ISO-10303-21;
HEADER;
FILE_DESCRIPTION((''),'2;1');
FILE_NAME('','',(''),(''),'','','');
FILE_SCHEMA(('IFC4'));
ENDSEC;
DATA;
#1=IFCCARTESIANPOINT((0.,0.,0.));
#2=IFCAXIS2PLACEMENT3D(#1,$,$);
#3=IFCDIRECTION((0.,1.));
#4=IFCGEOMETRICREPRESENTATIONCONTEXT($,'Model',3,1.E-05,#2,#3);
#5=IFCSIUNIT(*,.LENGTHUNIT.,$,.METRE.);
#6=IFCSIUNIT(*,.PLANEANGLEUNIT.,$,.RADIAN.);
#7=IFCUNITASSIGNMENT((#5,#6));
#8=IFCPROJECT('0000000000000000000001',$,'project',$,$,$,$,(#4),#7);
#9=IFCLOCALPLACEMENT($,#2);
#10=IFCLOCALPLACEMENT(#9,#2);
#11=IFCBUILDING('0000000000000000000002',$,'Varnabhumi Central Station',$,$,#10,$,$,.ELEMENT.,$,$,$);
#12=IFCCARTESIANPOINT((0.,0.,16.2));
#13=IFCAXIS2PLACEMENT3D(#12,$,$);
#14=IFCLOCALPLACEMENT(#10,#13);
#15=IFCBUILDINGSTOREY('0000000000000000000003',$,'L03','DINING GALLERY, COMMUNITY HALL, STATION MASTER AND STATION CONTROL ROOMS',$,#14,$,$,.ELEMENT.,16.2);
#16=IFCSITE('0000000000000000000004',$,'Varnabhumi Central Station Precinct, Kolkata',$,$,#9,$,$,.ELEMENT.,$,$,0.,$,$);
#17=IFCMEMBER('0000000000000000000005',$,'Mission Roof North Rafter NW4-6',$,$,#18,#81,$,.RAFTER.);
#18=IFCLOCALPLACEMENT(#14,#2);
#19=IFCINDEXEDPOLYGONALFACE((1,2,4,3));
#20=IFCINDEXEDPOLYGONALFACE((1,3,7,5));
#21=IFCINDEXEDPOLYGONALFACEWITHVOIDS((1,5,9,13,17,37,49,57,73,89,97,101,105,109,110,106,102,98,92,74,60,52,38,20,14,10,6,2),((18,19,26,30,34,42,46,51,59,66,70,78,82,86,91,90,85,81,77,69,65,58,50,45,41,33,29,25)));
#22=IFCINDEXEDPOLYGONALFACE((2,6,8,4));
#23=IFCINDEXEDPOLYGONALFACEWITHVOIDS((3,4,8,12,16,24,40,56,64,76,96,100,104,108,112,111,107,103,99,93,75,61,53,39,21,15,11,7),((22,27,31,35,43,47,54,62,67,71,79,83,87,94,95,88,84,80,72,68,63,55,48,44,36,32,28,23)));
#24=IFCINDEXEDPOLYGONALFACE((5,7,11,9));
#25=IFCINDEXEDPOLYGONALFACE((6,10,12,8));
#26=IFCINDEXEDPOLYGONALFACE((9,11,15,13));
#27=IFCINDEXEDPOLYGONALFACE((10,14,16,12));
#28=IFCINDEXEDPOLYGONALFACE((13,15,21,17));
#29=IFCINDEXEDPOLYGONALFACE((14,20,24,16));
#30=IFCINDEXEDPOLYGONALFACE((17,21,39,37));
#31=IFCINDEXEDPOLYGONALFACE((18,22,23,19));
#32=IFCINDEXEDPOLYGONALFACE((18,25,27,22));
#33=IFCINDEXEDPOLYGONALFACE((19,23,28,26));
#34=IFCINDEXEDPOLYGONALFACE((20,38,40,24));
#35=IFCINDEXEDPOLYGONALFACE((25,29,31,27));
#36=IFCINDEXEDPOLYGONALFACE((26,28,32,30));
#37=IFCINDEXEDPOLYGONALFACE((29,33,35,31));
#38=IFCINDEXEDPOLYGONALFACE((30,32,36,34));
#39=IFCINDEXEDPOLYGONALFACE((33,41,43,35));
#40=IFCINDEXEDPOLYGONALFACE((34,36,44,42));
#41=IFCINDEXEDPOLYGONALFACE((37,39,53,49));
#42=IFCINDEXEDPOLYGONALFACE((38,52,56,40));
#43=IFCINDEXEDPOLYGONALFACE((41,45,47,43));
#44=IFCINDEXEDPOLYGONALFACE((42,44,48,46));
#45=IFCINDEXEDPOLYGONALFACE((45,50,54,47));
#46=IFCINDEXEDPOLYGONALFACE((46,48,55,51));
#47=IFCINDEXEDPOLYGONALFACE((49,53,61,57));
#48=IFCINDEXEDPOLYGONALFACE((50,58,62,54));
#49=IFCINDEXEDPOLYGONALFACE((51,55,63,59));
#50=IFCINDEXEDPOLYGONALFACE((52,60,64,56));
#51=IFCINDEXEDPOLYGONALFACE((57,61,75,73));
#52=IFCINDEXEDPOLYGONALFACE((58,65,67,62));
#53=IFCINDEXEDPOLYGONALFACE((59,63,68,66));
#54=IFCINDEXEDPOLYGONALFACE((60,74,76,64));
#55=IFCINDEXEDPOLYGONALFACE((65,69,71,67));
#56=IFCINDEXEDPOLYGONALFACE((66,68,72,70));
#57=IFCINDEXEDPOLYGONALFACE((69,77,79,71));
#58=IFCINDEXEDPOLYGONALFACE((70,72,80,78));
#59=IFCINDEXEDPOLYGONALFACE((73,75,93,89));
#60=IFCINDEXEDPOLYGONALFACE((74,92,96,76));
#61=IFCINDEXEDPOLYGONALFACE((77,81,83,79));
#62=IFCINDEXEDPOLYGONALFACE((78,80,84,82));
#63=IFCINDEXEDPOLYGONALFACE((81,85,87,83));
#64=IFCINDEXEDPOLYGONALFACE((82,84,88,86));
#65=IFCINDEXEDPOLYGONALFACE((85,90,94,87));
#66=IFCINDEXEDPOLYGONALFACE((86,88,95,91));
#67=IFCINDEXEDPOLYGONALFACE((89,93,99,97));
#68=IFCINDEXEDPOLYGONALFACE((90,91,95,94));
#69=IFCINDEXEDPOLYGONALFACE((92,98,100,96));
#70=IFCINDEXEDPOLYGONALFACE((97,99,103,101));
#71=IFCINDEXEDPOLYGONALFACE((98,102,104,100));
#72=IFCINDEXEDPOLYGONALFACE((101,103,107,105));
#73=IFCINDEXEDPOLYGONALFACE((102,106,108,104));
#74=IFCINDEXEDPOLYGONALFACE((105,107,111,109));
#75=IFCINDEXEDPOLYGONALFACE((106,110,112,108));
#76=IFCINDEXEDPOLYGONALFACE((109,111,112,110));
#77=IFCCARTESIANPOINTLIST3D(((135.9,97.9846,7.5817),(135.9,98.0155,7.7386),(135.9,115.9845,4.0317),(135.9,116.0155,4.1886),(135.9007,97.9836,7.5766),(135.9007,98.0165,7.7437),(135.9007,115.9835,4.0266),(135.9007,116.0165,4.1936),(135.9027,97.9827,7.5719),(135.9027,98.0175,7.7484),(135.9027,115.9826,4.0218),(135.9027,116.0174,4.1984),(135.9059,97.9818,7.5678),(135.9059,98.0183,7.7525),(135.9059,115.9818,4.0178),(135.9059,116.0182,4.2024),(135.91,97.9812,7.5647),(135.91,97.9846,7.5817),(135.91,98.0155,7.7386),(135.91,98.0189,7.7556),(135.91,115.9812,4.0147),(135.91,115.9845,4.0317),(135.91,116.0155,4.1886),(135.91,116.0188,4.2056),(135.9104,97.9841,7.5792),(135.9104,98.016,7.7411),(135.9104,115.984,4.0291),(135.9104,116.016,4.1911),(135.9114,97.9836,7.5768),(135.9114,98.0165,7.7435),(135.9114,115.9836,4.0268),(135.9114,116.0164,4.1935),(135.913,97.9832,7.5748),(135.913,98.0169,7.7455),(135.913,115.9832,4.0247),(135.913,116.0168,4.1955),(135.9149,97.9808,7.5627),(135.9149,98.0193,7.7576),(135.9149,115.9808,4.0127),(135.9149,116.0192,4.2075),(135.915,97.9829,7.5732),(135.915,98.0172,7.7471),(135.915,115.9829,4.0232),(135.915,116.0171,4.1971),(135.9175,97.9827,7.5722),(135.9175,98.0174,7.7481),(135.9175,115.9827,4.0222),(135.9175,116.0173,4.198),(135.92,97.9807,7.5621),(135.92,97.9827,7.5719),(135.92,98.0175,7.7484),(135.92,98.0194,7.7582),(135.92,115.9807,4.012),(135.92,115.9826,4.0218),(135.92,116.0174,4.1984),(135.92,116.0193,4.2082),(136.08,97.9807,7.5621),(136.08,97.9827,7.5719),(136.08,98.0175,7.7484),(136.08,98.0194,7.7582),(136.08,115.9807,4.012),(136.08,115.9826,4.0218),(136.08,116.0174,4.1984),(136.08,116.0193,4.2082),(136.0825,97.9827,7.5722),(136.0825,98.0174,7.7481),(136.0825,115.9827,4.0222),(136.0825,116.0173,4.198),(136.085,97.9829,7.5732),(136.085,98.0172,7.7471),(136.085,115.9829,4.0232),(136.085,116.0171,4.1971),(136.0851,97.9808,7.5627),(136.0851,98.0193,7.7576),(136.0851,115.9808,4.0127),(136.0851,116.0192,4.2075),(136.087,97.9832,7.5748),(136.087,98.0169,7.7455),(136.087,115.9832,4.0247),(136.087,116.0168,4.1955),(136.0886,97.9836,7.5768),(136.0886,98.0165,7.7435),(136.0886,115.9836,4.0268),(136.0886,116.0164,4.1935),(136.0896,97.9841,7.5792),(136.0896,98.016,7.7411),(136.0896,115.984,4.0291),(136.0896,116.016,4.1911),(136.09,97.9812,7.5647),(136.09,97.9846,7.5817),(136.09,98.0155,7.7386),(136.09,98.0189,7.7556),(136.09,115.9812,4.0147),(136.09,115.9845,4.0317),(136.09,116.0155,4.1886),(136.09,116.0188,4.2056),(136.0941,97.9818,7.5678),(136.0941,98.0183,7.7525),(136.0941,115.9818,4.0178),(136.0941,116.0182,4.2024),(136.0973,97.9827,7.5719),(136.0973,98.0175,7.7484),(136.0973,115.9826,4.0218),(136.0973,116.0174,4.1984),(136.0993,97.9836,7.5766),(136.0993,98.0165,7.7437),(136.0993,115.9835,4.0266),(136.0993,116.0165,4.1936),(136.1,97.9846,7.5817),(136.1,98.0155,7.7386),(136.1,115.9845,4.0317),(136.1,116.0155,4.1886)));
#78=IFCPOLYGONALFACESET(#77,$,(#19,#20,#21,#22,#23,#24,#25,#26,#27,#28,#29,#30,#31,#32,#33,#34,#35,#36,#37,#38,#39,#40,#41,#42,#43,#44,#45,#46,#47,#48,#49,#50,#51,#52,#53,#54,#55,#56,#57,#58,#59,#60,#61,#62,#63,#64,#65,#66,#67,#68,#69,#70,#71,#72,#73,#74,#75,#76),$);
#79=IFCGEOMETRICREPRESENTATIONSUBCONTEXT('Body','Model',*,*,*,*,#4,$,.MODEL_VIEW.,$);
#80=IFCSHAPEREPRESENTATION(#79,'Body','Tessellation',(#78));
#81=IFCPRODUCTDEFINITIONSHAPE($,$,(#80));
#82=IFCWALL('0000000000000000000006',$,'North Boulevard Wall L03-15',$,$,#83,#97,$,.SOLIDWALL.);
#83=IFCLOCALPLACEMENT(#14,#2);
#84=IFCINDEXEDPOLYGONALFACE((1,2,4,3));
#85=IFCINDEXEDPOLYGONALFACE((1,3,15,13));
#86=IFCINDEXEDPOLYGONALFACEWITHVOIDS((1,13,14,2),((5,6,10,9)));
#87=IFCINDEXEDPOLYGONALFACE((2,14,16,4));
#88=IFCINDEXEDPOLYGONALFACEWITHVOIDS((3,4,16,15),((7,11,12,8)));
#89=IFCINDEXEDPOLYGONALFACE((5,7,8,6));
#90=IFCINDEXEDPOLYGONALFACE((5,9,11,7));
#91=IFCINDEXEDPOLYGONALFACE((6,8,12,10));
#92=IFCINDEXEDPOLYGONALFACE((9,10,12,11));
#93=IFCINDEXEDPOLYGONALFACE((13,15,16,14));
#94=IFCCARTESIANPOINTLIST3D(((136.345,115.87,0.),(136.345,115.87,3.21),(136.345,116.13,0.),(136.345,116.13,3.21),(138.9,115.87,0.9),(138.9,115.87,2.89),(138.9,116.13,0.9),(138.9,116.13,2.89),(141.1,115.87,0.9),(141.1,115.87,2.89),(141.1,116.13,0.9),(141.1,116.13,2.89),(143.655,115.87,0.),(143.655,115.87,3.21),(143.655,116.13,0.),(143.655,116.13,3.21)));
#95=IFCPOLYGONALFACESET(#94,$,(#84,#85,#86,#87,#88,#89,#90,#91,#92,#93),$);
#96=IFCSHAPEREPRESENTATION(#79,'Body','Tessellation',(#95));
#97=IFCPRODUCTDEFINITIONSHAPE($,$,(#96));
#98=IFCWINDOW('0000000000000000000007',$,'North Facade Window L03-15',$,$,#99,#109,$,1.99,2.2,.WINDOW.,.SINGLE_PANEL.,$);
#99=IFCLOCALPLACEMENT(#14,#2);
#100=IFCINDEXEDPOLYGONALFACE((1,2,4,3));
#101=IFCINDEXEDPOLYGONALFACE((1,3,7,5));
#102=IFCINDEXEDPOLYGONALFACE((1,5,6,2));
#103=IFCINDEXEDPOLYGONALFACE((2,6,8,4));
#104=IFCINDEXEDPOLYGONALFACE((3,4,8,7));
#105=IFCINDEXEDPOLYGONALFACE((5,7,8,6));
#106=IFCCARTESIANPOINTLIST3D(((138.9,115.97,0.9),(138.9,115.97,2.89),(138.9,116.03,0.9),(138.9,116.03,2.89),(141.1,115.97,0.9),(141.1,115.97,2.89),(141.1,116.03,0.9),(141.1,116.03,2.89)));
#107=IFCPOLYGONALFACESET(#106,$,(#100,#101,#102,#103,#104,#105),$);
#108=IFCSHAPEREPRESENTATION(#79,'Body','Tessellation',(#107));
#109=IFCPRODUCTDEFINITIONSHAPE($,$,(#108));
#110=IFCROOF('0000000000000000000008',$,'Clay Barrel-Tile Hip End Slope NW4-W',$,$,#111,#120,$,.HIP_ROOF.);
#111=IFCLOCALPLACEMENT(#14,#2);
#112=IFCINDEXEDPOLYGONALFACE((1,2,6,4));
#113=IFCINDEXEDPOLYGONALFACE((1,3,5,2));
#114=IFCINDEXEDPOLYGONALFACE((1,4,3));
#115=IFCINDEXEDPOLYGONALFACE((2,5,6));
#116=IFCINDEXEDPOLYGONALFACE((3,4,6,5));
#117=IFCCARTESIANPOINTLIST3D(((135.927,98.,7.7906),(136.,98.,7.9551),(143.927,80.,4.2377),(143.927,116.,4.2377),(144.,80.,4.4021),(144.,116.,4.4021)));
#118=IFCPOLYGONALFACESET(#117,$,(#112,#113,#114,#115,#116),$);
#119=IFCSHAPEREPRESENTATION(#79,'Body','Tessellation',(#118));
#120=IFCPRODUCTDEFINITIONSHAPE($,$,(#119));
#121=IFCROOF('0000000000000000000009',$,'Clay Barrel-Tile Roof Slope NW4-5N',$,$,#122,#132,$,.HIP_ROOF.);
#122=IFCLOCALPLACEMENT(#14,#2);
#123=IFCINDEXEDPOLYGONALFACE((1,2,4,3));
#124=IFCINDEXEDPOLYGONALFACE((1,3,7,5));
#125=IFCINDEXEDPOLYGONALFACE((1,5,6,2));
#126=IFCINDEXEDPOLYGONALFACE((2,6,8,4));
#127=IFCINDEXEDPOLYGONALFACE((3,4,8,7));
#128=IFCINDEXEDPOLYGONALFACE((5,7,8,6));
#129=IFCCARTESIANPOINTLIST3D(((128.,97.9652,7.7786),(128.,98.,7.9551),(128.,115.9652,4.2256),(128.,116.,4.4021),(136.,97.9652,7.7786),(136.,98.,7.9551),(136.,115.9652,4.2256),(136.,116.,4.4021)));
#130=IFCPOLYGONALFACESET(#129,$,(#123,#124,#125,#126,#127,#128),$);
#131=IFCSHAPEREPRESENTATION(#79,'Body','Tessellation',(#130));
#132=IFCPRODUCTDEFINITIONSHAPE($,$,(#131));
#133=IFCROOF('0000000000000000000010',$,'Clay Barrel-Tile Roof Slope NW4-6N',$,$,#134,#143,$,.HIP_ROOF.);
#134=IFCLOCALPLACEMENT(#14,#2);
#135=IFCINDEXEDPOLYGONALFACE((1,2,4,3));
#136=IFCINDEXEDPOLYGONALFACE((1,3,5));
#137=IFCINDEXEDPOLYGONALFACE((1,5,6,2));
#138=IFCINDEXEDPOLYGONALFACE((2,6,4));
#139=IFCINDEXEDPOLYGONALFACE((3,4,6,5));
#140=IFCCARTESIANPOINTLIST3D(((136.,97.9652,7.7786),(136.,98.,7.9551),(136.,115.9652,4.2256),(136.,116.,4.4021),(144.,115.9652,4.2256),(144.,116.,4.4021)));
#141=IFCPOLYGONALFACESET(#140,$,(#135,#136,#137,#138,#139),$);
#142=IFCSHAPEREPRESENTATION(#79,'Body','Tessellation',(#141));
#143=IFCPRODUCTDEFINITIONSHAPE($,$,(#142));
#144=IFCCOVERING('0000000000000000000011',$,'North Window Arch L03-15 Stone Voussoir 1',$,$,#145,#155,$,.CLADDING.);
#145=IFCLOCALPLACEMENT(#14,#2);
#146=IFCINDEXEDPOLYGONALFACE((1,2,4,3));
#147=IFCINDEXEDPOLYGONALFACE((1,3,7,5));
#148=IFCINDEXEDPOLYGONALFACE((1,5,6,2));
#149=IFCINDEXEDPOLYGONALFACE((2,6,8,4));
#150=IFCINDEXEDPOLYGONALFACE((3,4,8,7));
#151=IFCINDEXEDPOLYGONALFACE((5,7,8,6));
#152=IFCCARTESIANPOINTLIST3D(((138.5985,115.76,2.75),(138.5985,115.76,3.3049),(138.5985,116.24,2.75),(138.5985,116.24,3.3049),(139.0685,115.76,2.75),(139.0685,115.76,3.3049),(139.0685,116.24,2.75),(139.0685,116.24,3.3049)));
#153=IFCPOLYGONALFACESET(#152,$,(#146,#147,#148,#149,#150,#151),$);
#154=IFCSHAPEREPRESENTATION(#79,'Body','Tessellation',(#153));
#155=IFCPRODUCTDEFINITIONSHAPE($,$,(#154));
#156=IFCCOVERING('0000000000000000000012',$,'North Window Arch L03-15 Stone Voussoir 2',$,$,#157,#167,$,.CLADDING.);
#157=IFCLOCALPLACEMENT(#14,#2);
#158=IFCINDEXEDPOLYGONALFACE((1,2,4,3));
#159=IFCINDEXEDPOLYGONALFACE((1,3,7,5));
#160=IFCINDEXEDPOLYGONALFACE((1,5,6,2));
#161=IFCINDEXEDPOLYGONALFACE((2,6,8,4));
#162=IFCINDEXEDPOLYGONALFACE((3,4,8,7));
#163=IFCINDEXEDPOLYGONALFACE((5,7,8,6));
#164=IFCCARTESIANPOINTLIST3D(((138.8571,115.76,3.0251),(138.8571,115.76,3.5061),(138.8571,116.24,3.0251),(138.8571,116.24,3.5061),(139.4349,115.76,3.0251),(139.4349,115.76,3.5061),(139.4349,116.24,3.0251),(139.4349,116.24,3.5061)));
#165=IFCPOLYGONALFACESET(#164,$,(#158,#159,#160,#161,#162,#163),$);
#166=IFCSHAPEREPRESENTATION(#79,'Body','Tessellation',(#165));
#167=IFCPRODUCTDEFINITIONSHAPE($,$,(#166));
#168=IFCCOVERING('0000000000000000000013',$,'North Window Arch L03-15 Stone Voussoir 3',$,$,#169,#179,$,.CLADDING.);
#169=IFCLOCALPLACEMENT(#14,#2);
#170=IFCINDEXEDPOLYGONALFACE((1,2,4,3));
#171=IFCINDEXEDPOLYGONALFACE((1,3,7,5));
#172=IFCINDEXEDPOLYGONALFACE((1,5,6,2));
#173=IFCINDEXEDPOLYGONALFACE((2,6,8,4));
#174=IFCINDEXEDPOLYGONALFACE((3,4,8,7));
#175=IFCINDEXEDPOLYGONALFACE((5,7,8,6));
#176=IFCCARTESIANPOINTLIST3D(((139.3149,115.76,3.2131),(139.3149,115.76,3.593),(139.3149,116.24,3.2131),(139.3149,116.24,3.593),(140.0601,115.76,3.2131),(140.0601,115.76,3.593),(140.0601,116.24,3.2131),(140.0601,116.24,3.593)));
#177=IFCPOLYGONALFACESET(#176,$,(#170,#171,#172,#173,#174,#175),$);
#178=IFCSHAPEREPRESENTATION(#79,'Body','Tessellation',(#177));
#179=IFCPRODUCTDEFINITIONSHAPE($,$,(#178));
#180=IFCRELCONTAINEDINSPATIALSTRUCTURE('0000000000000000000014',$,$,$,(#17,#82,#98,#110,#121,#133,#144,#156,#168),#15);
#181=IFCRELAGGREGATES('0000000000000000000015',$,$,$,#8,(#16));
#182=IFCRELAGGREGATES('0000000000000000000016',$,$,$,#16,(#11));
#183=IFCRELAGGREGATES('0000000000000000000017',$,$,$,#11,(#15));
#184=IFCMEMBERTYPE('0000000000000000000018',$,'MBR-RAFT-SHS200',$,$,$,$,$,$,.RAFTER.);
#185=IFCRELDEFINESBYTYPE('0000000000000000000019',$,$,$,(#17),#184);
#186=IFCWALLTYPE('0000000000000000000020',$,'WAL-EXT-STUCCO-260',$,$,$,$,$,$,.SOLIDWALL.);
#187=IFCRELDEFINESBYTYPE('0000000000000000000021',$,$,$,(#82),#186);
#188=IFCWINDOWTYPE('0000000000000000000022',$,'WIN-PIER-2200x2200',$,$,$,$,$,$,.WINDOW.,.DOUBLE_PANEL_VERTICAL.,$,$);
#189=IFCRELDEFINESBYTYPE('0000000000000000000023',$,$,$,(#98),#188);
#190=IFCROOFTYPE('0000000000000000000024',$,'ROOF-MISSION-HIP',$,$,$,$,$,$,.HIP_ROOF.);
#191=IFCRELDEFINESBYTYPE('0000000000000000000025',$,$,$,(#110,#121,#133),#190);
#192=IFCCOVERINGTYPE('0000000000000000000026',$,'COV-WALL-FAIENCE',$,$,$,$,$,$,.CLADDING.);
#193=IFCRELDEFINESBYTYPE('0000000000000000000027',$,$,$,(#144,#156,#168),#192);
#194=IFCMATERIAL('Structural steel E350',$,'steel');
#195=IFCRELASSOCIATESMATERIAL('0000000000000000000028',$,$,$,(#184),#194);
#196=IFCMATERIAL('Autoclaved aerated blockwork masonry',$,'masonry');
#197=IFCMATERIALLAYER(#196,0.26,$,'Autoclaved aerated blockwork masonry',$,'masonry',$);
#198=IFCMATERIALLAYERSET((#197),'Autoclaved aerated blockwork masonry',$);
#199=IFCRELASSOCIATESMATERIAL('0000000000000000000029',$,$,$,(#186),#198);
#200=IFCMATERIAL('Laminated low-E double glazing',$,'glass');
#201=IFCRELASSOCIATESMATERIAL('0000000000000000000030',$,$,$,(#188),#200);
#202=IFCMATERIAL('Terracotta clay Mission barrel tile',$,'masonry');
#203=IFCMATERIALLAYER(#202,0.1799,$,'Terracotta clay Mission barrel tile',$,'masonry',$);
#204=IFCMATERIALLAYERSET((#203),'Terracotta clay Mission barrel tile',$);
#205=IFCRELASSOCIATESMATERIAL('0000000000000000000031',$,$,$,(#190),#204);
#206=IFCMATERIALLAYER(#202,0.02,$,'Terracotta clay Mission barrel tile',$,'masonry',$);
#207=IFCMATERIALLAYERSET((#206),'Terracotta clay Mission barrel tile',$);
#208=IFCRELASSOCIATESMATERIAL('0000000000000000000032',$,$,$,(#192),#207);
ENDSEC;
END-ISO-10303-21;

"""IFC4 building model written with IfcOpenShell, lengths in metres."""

from ifc_helpers import new_model, si_unit, direction, frame, frame_2d, origin, origin_2d, place, context, subcontext, project, spatial, polyline, rectangle, hollow_rectangle, outline, extrude, material, layer, layer_set, material_profile, profile_set, type_object, element, fill, save


model = new_model("IFC4")

# Units and contexts
model_context = context("Model", 3, precision=1e-05, world=origin(), true_north=direction((0.0, 1.0)))
body_context = subcontext(model_context, "Body", "Model", "MODEL_VIEW")
ifc_project = project(units=[si_unit("LENGTHUNIT", "METRE"), si_unit("PLANEANGLEUNIT", "RADIAN")], contexts=[model_context])

# Site, building, storey
site_placement = place(None, origin())
site = spatial("IfcSite", under=ifc_project, at=site_placement, Name="Varnabhumi Central Station Precinct, Kolkata", CompositionType="ELEMENT", RefElevation=0.0)
building_placement = place(site_placement, origin())
building = spatial("IfcBuilding", under=site, at=building_placement, Name="Varnabhumi Central Station", CompositionType="ELEMENT")
storey_placement = place(building_placement, frame((0.0, 0.0, 16.2)))
storey = spatial("IfcBuildingStorey", under=building, at=storey_placement, Name="L03", Description="DINING GALLERY, COMMUNITY HALL, STATION MASTER AND STATION CONTROL ROOMS", CompositionType="ELEMENT", Elevation=16.2)

# Shared definitions
ifc_material_1 = material(Name="Structural steel E350", Category="steel")

# Member
ifc_material_profile_1 = material_profile(ifc_material_1, hollow_rectangle(XDim=0.2, YDim=0.2, WallThickness=0.01, InnerFilletRadius=0.01, OuterFilletRadius=0.02, at=origin_2d()), Name="Structural steel E350", Category="steel")
ifc_profile_set_1 = profile_set([ifc_material_profile_1], Name="Structural steel E350")
member_type = type_object("IfcMemberType", Name="MBR-RAFT-SHS200", PredefinedType="RAFTER", material=ifc_profile_set_1)
member_1_placement = place(storey_placement, frame((136.0, 116.0, 4.1101), z_axis=(0.0, -0.981101, 0.193498), x_axis=(1.0, 0.0, 0.0)))
element("IfcMember", 1, at=member_1_placement, inside=storey, type_object=member_type, Name="Mission Roof North Rafter NW4-6", PredefinedType="RAFTER", context=body_context, shape_type="SweptSolid", body=[
    extrude(hollow_rectangle(XDim=0.2, YDim=0.2, WallThickness=0.01, InnerFilletRadius=0.01, OuterFilletRadius=0.02, at=origin_2d()), origin(), (0.0, 0.0, 1.0), 18.3467),
])

# Wall, opening, window
ifc_material_2 = material(Name="Autoclaved aerated blockwork masonry", Category="masonry")
ifc_layer_1 = layer(ifc_material_2, 0.26, Name="Autoclaved aerated blockwork masonry", Category="masonry")
ifc_layer_set_1 = layer_set([ifc_layer_1], Name="Autoclaved aerated blockwork masonry")
wall_type = type_object("IfcWallType", Name="WAL-EXT-STUCCO-260", PredefinedType="SOLIDWALL", material=ifc_layer_set_1)
wall_placement = place(storey_placement, frame((136.345, 116.0, 0.0), z_axis=(0.0, 0.0, 1.0), x_axis=(1.0, 0.0, 0.0)))
wall = element("IfcWall", 2, at=wall_placement, inside=storey, type_object=wall_type, Name="North Boulevard Wall L03-15", PredefinedType="SOLIDWALL", context=body_context, shape_type="SweptSolid", body=[
    extrude(rectangle(XDim=7.3101, YDim=0.26, at=frame_2d((3.655, 0.0))), origin(), (0.0, 0.0, 1.0), 3.21),
])
opening_placement = place(wall_placement, frame((2.5549, 0.0, 0.8999)))
opening = element("IfcOpeningElement", 3, at=opening_placement, cuts=wall, PredefinedType="OPENING", context=body_context, shape_type="SweptSolid", body=[
    extrude(rectangle(XDim=2.2, YDim=1.99, at=frame_2d((1.1001, 0.9951))), frame((0.0, 0.1399, 0.0), z_axis=(0.0, -1.0, 0.0), x_axis=(1.0, 0.0, 0.0)), (0.0, 0.0, 1.0), 0.28),
])
ifc_material_3 = material(Name="Laminated low-E double glazing", Category="glass")
window_type = type_object("IfcWindowType", Name="WIN-PIER-2200x2200", PartitioningType="DOUBLE_PANEL_VERTICAL", PredefinedType="WINDOW", material=ifc_material_3)
window_placement = place(opening_placement, origin())
window = element("IfcWindow", 4, at=window_placement, inside=storey, type_object=window_type, Name="North Facade Window L03-15", OverallHeight=1.99, OverallWidth=2.2, PartitioningType="SINGLE_PANEL", PredefinedType="WINDOW", context=body_context, shape_type="SweptSolid", body=[
    extrude(rectangle(XDim=2.2, YDim=1.99, at=frame_2d((1.1001, 0.9951))), frame((0.0, 0.03, 0.0), z_axis=(0.0, -1.0, 0.0), x_axis=(1.0, 0.0, 0.0)), (0.0, 0.0, 1.0), 0.0601),
])
fill(opening, window)

# Roofs
ifc_material_4 = material(Name="Terracotta clay Mission barrel tile", Category="masonry")
ifc_layer_2 = layer(ifc_material_4, 0.1799, Name="Terracotta clay Mission barrel tile", Category="masonry")
ifc_layer_set_2 = layer_set([ifc_layer_2], Name="Terracotta clay Mission barrel tile")
roof_type = type_object("IfcRoofType", Name="ROOF-MISSION-HIP", PredefinedType="HIP_ROOF", material=ifc_layer_set_2)
roof_1_placement = place(storey_placement, frame((144.0, 116.0, 4.4021), z_axis=(0.405893, 0.0, 0.913921), x_axis=(0.0, -1.0, 0.0)))
element("IfcRoof", 5, at=roof_1_placement, inside=storey, type_object=roof_type, Name="Clay Barrel-Tile Hip End Slope NW4-W", PredefinedType="HIP_ROOF", context=body_context, shape_type="SweptSolid", body=[
    extrude(outline(polyline([(0.0, 0.0), (36.0, 0.0), (18.0, -8.7535), (0.0, 0.0)])), origin(), (0.0, 0.0, -1.0), 0.1799),
])
roof_2_placement = place(storey_placement, frame((136.0, 116.0, 4.4021), z_axis=(0.0, 0.193651, 0.98107), x_axis=(-1.0, 0.0, 0.0)))
element("IfcRoof", 6, at=roof_2_placement, inside=storey, type_object=roof_type, Name="Clay Barrel-Tile Roof Slope NW4-5N", PredefinedType="HIP_ROOF", context=body_context, shape_type="SweptSolid", body=[
    extrude(outline(polyline([(0.0, 0.0), (8.0, 0.0), (8.0, 18.3473), (0.0, 18.3473), (0.0, 0.0)])), origin(), (0.0, 0.0, -1.0), 0.1799),
])
roof_3_placement = place(storey_placement, frame((144.0, 116.0, 4.4021), z_axis=(0.0, 0.193651, 0.98107), x_axis=(-1.0, 0.0, 0.0)))
element("IfcRoof", 7, at=roof_3_placement, inside=storey, type_object=roof_type, Name="Clay Barrel-Tile Roof Slope NW4-6N", PredefinedType="HIP_ROOF", context=body_context, shape_type="SweptSolid", body=[
    extrude(outline(polyline([(0.0, 0.0), (8.0, 0.0), (8.0, 18.3473), (0.0, 0.0)])), origin(), (0.0, 0.0, -1.0), 0.1799),
])

# Coverings
ifc_layer_3 = layer(ifc_material_4, 0.02, Name="Terracotta clay Mission barrel tile", Category="masonry")
ifc_layer_set_3 = layer_set([ifc_layer_3], Name="Terracotta clay Mission barrel tile")
covering_type = type_object("IfcCoveringType", Name="COV-WALL-FAIENCE", PredefinedType="CLADDING", material=ifc_layer_set_3)
covering_1_placement = place(storey_placement, frame((138.8335, 116.0, 2.75), z_axis=(0.0, 0.0, 1.0), x_axis=(1.0, 0.0, 0.0)))
element("IfcCovering", 8, at=covering_1_placement, inside=storey, type_object=covering_type, Name="North Window Arch L03-15 Stone Voussoir 1", PredefinedType="CLADDING", context=body_context, shape_type="SweptSolid", body=[
    extrude(rectangle(XDim=0.47, YDim=0.48, at=origin_2d()), origin(), (0.0, 0.0, 1.0), 0.5549),
])
covering_2_placement = place(storey_placement, frame((139.146, 116.0, 3.0251), z_axis=(0.0, 0.0, 1.0), x_axis=(1.0, 0.0, 0.0)))
element("IfcCovering", 9, at=covering_2_placement, inside=storey, type_object=covering_type, Name="North Window Arch L03-15 Stone Voussoir 2", PredefinedType="CLADDING", context=body_context, shape_type="SweptSolid", body=[
    extrude(rectangle(XDim=0.5779, YDim=0.48, at=origin_2d()), origin(), (0.0, 0.0, 1.0), 0.481),
])
for number, where, z_axis, x_axis, name in (
    (10, (139.6875, 116.0, 3.2131), (0.0, 0.0, 1.0), (1.0, 0.0, 0.0), "North Window Arch L03-15 Stone Voussoir 3"),
):
    element("IfcCovering", number, at=place(storey_placement, frame(where, z_axis=z_axis, x_axis=x_axis)), inside=storey, type_object=covering_type, Name=name, PredefinedType="CLADDING", context=body_context, shape_type="SweptSolid", body=[
        extrude(rectangle(XDim=0.7451, YDim=0.48, at=origin_2d()), origin(), (0.0, 0.0, 1.0), 0.3799),
    ])

save(model, "model.ifc")
